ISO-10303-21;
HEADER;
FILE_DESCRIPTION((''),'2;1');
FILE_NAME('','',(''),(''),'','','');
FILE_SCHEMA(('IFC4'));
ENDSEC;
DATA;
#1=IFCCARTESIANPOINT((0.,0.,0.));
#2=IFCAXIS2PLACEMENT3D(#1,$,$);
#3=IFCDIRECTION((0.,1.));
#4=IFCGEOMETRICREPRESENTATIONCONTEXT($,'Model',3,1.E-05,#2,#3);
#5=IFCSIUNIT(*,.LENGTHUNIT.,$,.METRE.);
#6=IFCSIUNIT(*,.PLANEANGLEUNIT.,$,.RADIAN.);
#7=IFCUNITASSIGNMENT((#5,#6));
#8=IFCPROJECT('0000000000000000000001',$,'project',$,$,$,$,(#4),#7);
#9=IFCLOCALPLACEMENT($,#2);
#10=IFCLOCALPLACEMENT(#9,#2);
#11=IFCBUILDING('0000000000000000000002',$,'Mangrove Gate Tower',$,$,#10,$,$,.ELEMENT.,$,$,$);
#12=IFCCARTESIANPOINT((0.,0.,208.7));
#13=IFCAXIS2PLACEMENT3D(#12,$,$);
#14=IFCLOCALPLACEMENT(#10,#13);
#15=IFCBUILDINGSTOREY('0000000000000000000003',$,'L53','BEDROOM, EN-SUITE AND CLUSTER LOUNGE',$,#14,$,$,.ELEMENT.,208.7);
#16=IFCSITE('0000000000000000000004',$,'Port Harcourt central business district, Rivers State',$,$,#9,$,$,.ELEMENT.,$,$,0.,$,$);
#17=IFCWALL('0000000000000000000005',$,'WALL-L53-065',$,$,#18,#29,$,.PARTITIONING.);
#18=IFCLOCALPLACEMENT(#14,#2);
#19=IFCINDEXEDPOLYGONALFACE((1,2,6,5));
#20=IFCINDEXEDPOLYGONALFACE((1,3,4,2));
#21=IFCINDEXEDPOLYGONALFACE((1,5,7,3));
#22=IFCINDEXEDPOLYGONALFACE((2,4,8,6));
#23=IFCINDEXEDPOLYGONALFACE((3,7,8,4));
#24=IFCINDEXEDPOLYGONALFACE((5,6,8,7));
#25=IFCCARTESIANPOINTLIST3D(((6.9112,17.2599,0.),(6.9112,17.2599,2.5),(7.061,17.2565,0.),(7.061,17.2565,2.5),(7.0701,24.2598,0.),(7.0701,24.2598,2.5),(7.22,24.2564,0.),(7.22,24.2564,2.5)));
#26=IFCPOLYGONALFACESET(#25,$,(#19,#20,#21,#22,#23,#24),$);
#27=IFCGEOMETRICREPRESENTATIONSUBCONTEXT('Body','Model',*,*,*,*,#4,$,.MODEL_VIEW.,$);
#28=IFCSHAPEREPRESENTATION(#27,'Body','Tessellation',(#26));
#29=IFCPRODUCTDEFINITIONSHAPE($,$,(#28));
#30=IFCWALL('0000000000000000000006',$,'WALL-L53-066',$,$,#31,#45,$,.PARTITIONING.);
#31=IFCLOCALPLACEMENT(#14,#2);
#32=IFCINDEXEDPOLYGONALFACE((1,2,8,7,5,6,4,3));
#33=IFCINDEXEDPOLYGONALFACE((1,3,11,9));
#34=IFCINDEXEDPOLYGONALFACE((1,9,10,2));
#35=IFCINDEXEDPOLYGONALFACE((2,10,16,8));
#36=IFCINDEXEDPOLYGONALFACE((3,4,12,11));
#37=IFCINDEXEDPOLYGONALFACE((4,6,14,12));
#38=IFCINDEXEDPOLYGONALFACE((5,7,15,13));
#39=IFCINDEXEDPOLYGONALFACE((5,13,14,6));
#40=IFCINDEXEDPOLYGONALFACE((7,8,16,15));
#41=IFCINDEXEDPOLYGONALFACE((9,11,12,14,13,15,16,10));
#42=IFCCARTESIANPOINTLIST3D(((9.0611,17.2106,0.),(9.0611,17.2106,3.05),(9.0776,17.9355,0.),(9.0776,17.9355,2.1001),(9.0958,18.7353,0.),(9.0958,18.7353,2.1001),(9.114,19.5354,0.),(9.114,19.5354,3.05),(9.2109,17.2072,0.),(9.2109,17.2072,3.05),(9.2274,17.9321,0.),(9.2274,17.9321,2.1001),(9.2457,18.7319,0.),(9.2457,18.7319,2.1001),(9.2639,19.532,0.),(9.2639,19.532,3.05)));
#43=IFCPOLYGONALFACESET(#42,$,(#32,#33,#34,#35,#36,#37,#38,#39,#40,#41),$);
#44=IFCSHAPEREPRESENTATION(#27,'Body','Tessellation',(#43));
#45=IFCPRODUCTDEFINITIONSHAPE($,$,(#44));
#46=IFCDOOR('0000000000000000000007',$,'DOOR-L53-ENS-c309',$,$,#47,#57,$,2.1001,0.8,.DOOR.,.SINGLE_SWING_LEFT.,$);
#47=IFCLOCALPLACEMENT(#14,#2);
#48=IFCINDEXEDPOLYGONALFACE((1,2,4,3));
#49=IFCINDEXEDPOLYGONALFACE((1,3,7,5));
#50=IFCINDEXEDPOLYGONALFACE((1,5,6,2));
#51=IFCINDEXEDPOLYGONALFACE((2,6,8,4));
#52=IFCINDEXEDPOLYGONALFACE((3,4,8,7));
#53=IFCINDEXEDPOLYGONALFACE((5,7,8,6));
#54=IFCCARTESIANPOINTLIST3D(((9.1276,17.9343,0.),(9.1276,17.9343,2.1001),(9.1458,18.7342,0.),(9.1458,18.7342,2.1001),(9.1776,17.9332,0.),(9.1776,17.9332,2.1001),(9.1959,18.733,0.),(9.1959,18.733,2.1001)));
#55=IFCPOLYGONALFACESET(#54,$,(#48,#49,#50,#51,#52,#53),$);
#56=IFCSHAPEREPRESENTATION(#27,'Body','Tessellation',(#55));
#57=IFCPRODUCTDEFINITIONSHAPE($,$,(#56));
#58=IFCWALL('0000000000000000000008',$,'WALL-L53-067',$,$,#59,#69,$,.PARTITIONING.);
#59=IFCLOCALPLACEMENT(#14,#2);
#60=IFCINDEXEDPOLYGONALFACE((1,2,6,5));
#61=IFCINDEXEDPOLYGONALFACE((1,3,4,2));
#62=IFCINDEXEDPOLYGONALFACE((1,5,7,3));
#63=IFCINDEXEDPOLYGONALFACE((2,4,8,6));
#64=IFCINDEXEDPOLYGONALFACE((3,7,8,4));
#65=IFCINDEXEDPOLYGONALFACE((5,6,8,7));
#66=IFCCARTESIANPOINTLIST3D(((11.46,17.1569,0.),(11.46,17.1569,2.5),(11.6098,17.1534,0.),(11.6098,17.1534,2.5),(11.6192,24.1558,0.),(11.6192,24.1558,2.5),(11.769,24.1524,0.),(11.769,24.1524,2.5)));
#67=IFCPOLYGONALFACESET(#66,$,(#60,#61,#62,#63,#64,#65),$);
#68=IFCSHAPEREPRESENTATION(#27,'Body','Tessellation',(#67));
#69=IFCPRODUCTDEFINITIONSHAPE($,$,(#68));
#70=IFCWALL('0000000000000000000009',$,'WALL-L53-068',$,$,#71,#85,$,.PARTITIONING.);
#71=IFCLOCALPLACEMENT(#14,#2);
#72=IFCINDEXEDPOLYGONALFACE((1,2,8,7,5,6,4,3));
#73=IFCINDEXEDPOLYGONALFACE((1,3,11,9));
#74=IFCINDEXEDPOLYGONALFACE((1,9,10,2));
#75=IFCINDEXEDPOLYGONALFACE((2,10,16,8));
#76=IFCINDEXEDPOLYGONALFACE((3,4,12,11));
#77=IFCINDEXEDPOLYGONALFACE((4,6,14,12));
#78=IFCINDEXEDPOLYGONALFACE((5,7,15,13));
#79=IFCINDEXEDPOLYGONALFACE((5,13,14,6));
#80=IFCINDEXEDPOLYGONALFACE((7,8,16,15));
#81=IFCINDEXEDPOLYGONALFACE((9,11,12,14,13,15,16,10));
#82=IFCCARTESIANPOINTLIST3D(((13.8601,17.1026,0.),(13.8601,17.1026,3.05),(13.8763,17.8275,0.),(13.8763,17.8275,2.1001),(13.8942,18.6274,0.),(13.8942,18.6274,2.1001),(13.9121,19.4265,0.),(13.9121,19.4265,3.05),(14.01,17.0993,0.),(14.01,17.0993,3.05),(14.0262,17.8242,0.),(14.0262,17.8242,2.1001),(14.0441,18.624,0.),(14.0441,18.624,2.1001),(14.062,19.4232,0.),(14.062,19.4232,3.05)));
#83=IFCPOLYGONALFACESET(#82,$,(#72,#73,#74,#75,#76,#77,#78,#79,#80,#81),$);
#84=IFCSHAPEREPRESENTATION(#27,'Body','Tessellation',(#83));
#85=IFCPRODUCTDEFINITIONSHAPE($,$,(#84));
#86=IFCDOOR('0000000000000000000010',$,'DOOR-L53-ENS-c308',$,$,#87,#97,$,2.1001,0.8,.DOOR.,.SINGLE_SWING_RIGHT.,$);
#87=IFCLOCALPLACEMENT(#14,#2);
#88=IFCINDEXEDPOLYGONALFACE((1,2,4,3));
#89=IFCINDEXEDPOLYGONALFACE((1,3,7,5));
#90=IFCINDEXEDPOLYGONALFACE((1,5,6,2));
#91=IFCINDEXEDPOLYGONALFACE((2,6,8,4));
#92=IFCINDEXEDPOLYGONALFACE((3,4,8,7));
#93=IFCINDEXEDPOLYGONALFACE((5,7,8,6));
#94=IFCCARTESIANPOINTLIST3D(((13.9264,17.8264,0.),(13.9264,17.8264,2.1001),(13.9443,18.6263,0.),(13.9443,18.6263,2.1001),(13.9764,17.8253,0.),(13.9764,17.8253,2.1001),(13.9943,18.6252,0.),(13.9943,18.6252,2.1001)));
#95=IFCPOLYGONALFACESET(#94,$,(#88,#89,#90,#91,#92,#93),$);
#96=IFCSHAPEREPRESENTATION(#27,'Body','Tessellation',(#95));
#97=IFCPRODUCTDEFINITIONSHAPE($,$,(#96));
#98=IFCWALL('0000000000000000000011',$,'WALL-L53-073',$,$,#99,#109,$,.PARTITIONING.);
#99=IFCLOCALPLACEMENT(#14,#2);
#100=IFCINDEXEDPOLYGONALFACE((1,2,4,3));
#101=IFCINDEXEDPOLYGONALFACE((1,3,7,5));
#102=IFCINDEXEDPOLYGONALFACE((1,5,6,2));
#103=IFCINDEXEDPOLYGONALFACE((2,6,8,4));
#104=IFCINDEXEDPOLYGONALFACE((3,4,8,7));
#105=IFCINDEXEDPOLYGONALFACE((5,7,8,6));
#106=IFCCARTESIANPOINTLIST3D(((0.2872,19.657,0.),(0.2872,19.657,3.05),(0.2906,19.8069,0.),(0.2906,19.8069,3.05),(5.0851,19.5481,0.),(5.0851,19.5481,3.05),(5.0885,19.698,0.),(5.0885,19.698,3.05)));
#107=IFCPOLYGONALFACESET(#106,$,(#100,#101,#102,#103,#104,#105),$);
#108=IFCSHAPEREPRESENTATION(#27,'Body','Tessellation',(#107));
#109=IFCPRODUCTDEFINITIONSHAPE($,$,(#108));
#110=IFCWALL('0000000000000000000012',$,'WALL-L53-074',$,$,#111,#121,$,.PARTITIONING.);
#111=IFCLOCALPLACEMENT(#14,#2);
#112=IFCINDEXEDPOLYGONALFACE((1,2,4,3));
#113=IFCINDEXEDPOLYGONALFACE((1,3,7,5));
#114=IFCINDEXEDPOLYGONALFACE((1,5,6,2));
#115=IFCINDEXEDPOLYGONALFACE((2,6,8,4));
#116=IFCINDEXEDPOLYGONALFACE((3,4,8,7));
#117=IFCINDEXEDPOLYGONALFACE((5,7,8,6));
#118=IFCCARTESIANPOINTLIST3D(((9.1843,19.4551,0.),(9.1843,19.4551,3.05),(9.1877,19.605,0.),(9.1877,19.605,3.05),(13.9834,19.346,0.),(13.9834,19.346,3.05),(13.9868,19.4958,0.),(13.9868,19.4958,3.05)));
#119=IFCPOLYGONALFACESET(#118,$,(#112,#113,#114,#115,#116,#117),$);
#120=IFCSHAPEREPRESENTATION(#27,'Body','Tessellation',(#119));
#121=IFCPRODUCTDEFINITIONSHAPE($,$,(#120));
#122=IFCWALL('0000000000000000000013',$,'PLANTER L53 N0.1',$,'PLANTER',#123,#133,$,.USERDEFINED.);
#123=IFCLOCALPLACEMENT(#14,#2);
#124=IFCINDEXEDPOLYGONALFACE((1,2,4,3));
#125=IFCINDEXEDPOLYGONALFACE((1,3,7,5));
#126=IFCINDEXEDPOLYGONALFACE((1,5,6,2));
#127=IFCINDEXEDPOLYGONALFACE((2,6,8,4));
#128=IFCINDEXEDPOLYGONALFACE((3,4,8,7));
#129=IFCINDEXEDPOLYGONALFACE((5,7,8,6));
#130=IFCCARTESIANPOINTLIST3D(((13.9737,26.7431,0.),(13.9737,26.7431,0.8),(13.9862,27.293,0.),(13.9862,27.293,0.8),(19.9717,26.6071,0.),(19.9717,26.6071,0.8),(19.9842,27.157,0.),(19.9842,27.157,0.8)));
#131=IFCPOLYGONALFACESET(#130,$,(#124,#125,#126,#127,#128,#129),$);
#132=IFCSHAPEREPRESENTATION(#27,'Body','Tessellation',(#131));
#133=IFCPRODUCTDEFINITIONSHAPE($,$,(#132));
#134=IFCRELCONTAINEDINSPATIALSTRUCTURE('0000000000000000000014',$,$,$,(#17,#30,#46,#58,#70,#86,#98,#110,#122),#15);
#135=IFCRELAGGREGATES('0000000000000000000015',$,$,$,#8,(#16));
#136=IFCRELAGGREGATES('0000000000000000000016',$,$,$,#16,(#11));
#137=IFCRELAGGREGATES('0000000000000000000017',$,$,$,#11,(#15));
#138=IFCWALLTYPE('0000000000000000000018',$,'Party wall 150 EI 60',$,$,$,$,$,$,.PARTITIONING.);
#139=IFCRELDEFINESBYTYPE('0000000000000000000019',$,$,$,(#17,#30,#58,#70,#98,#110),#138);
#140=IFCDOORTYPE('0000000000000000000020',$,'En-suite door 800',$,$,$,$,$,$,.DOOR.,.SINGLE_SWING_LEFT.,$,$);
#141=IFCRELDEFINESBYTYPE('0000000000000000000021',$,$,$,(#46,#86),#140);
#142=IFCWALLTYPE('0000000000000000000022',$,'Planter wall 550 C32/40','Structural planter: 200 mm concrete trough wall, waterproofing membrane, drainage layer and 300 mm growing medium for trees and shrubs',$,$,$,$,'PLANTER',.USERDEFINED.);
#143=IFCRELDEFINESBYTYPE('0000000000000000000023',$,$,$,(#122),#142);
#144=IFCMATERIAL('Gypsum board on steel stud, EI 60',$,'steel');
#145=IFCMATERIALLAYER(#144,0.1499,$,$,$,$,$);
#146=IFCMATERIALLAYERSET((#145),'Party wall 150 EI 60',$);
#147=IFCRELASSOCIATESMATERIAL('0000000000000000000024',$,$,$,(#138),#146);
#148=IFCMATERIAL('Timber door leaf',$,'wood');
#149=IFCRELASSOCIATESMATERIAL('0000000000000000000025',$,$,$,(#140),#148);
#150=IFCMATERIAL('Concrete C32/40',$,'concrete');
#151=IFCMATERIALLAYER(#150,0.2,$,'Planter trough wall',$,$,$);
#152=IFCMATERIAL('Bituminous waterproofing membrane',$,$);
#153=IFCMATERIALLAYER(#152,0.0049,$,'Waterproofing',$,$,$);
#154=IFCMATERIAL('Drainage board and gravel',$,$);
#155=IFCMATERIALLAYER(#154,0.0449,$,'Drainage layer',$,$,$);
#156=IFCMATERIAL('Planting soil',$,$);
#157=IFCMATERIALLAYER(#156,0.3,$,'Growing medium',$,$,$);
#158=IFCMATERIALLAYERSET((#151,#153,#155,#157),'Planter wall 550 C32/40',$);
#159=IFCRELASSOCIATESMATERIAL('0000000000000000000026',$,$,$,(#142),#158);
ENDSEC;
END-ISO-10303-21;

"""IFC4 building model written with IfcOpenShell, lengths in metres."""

from ifc_helpers import new_model, si_unit, direction, frame, frame_2d, origin, place, context, subcontext, project, spatial, rectangle, extrude, material, layer, layer_set, type_object, element, fill, save


model = new_model("IFC4")

# Units and contexts
model_context = context("Model", 3, precision=1e-05, world=origin(), true_north=direction((0.0, 1.0)))
body_context = subcontext(model_context, "Body", "Model", "MODEL_VIEW")
ifc_project = project(units=[si_unit("LENGTHUNIT", "METRE"), si_unit("PLANEANGLEUNIT", "RADIAN")], contexts=[model_context])

# Site, building, storey
site_placement = place(None, origin())
site = spatial("IfcSite", under=ifc_project, at=site_placement, Name="Port Harcourt central business district, Rivers State", CompositionType="ELEMENT", RefElevation=0.0)
building_placement = place(site_placement, origin())
building = spatial("IfcBuilding", under=site, at=building_placement, Name="Mangrove Gate Tower", CompositionType="ELEMENT")
storey_placement = place(building_placement, frame((0.0, 0.0, 208.7)))
storey = spatial("IfcBuildingStorey", under=building, at=storey_placement, Name="L53", Description="BEDROOM, EN-SUITE AND CLUSTER LOUNGE", CompositionType="ELEMENT", Elevation=208.7)

# Shared definitions
ifc_material_1 = material(Name="Gypsum board on steel stud, EI 60", Category="steel")
ifc_layer_1 = layer(ifc_material_1, 0.1499)
ifc_layer_set_1 = layer_set([ifc_layer_1], Name="Party wall 150 EI 60")
wall_type_1 = type_object("IfcWallType", Name="Party wall 150 EI 60", PredefinedType="PARTITIONING", material=ifc_layer_set_1)
ifc_material_2 = material(Name="Timber door leaf", Category="wood")
door_type_1 = type_object("IfcDoorType", Name="En-suite door 800", OperationType="SINGLE_SWING_LEFT", PredefinedType="DOOR", material=ifc_material_2)

# Wall
wall_1_placement = place(storey_placement, frame((6.9861, 17.2581, 0.0), z_axis=(0.0, 0.0, 1.0), x_axis=(0.022699, 0.999742, 0.0)))
element("IfcWall", 1, at=wall_1_placement, inside=storey, type_object=wall_type_1, Name="WALL-L53-065", PredefinedType="PARTITIONING", context=body_context, shape_type="SweptSolid", body=[
    extrude(rectangle(XDim=7.0017, YDim=0.1499, at=frame_2d((3.501, 0.0))), origin(), (0.0, 0.0, 1.0), 2.5),
])

# Wall, opening, door
wall_2_placement = place(storey_placement, frame((9.136, 17.209, 0.0), z_axis=(0.0, 0.0, 1.0), x_axis=(0.022781, 0.99974, 0.0)))
wall_2 = element("IfcWall", 2, at=wall_2_placement, inside=storey, type_object=wall_type_1, Name="WALL-L53-066", PredefinedType="PARTITIONING", context=body_context, shape_type="SweptSolid", body=[
    extrude(rectangle(XDim=2.3254, YDim=0.1499, at=frame_2d((1.1626, 0.0))), origin(), (0.0, 0.0, 1.0), 3.05),
])
opening_1_placement = place(wall_2_placement, frame((0.7251, 0.0, 0.0)))
opening_1 = element("IfcOpeningElement", 3, at=opening_1_placement, cuts=wall_2, PredefinedType="OPENING", context=body_context, shape_type="SweptSolid", body=[
    extrude(rectangle(XDim=0.8, YDim=2.1001, at=frame_2d((0.3999, 1.05))), frame((0.0, 0.085, 0.0), z_axis=(0.0, -1.0, 0.0), x_axis=(1.0, 0.0, 0.0)), (0.0, 0.0, 1.0), 0.1699),
])
door_1_placement = place(opening_1_placement, origin())
door_1 = element("IfcDoor", 4, at=door_1_placement, inside=storey, type_object=door_type_1, Name="DOOR-L53-ENS-c309", OperationType="SINGLE_SWING_LEFT", OverallHeight=2.1001, OverallWidth=0.8, PredefinedType="DOOR", context=body_context, shape_type="SweptSolid", body=[
    extrude(rectangle(XDim=0.8, YDim=2.1001, at=frame_2d((0.3999, 1.05))), frame((0.0, 0.0249, 0.0), z_axis=(0.0, -1.0, 0.0), x_axis=(1.0, 0.0, 0.0)), (0.0, 0.0, 1.0), 0.05),
])
fill(opening_1, door_1)

# Wall
wall_3_placement = place(storey_placement, frame((11.5349, 17.155, 0.0), z_axis=(0.0, 0.0, 1.0), x_axis=(0.022737, 0.999741, 0.0)))
element("IfcWall", 5, at=wall_3_placement, inside=storey, type_object=wall_type_1, Name="WALL-L53-067", PredefinedType="PARTITIONING", context=body_context, shape_type="SweptSolid", body=[
    extrude(rectangle(XDim=7.0007, YDim=0.1499, at=frame_2d((3.5005, 0.0))), origin(), (0.0, 0.0, 1.0), 2.5),
])

# Wall, opening, door
wall_4_placement = place(storey_placement, frame((13.9351, 17.1011, 0.0), z_axis=(0.0, 0.0, 1.0), x_axis=(0.022371, 0.99975, 0.0)))
wall_4 = element("IfcWall", 6, at=wall_4_placement, inside=storey, type_object=wall_type_1, Name="WALL-L53-068", PredefinedType="PARTITIONING", context=body_context, shape_type="SweptSolid", body=[
    extrude(rectangle(XDim=2.3245, YDim=0.1499, at=frame_2d((1.1621, 0.0))), origin(), (0.0, 0.0, 1.0), 3.05),
])
opening_2_placement = place(wall_4_placement, frame((0.7251, 0.0, 0.0)))
opening_2 = element("IfcOpeningElement", 7, at=opening_2_placement, cuts=wall_4, PredefinedType="OPENING", context=body_context, shape_type="SweptSolid", body=[
    extrude(rectangle(XDim=0.8, YDim=2.1001, at=frame_2d((0.3999, 1.05))), frame((0.0, 0.085, 0.0), z_axis=(0.0, -1.0, 0.0), x_axis=(1.0, 0.0, 0.0)), (0.0, 0.0, 1.0), 0.1699),
])
door_2_placement = place(opening_2_placement, origin())
door_2 = element("IfcDoor", 8, at=door_2_placement, inside=storey, type_object=door_type_1, Name="DOOR-L53-ENS-c308", OperationType="SINGLE_SWING_RIGHT", OverallHeight=2.1001, OverallWidth=0.8, PredefinedType="DOOR", context=body_context, shape_type="SweptSolid", body=[
    extrude(rectangle(XDim=0.8, YDim=2.1001, at=frame_2d((0.3999, 1.05))), frame((0.0, 0.0249, 0.0), z_axis=(0.0, -1.0, 0.0), x_axis=(1.0, 0.0, 0.0)), (0.0, 0.0, 1.0), 0.05),
])
fill(opening_2, door_2)

# Walls
wall_5_placement = place(storey_placement, frame((0.2891, 19.7319, 0.0), z_axis=(0.0, 0.0, 1.0), x_axis=(0.999743, -0.022689, 0.0)))
element("IfcWall", 9, at=wall_5_placement, inside=storey, type_object=wall_type_1, Name="WALL-L53-073", PredefinedType="PARTITIONING", context=body_context, shape_type="SweptSolid", body=[
    extrude(rectangle(XDim=4.7991, YDim=0.1499, at=frame_2d((2.3994, 0.0))), origin(), (0.0, 0.0, 1.0), 3.05),
])
wall_6_placement = place(storey_placement, frame((9.186, 19.53, 0.0), z_axis=(0.0, 0.0, 1.0), x_axis=(0.999742, -0.022734, 0.0)))
element("IfcWall", 10, at=wall_6_placement, inside=storey, type_object=wall_type_1, Name="WALL-L53-074", PredefinedType="PARTITIONING", context=body_context, shape_type="SweptSolid", body=[
    extrude(rectangle(XDim=4.8003, YDim=0.1499, at=frame_2d((2.4001, 0.0))), origin(), (0.0, 0.0, 1.0), 3.05),
])
ifc_material_3 = material(Name="Concrete C32/40", Category="concrete")
ifc_layer_2 = layer(ifc_material_3, 0.2, Name="Planter trough wall")
ifc_material_4 = material(Name="Bituminous waterproofing membrane")
ifc_layer_3 = layer(ifc_material_4, 0.0049, Name="Waterproofing")
ifc_material_5 = material(Name="Drainage board and gravel")
ifc_layer_4 = layer(ifc_material_5, 0.0449, Name="Drainage layer")
ifc_material_6 = material(Name="Planting soil")
ifc_layer_5 = layer(ifc_material_6, 0.3, Name="Growing medium")
ifc_layer_set_2 = layer_set([ifc_layer_2, ifc_layer_3, ifc_layer_4, ifc_layer_5], Name="Planter wall 550 C32/40")
wall_type_2 = type_object("IfcWallType", Name="Planter wall 550 C32/40", Description="Structural planter: 200 mm concrete trough wall, waterproofing membrane, drainage layer and 300 mm growing medium for trees and shrubs", ElementType="PLANTER", PredefinedType="USERDEFINED", material=ifc_layer_set_2)
wall_7_placement = place(storey_placement, frame((13.98, 27.0181, 0.0), z_axis=(0.0, 0.0, 1.0), x_axis=(0.999743, -0.022666, 0.0)))
element("IfcWall", 11, at=wall_7_placement, inside=storey, type_object=wall_type_2, Name="PLANTER L53 N0.1", ObjectType="PLANTER", PredefinedType="USERDEFINED", context=body_context, shape_type="SweptSolid", body=[
    extrude(rectangle(XDim=5.9995, YDim=0.55, at=frame_2d((2.9998, 0.0))), origin(), (0.0, 0.0, 1.0), 0.8),
])

save(model, "model.ifc")
